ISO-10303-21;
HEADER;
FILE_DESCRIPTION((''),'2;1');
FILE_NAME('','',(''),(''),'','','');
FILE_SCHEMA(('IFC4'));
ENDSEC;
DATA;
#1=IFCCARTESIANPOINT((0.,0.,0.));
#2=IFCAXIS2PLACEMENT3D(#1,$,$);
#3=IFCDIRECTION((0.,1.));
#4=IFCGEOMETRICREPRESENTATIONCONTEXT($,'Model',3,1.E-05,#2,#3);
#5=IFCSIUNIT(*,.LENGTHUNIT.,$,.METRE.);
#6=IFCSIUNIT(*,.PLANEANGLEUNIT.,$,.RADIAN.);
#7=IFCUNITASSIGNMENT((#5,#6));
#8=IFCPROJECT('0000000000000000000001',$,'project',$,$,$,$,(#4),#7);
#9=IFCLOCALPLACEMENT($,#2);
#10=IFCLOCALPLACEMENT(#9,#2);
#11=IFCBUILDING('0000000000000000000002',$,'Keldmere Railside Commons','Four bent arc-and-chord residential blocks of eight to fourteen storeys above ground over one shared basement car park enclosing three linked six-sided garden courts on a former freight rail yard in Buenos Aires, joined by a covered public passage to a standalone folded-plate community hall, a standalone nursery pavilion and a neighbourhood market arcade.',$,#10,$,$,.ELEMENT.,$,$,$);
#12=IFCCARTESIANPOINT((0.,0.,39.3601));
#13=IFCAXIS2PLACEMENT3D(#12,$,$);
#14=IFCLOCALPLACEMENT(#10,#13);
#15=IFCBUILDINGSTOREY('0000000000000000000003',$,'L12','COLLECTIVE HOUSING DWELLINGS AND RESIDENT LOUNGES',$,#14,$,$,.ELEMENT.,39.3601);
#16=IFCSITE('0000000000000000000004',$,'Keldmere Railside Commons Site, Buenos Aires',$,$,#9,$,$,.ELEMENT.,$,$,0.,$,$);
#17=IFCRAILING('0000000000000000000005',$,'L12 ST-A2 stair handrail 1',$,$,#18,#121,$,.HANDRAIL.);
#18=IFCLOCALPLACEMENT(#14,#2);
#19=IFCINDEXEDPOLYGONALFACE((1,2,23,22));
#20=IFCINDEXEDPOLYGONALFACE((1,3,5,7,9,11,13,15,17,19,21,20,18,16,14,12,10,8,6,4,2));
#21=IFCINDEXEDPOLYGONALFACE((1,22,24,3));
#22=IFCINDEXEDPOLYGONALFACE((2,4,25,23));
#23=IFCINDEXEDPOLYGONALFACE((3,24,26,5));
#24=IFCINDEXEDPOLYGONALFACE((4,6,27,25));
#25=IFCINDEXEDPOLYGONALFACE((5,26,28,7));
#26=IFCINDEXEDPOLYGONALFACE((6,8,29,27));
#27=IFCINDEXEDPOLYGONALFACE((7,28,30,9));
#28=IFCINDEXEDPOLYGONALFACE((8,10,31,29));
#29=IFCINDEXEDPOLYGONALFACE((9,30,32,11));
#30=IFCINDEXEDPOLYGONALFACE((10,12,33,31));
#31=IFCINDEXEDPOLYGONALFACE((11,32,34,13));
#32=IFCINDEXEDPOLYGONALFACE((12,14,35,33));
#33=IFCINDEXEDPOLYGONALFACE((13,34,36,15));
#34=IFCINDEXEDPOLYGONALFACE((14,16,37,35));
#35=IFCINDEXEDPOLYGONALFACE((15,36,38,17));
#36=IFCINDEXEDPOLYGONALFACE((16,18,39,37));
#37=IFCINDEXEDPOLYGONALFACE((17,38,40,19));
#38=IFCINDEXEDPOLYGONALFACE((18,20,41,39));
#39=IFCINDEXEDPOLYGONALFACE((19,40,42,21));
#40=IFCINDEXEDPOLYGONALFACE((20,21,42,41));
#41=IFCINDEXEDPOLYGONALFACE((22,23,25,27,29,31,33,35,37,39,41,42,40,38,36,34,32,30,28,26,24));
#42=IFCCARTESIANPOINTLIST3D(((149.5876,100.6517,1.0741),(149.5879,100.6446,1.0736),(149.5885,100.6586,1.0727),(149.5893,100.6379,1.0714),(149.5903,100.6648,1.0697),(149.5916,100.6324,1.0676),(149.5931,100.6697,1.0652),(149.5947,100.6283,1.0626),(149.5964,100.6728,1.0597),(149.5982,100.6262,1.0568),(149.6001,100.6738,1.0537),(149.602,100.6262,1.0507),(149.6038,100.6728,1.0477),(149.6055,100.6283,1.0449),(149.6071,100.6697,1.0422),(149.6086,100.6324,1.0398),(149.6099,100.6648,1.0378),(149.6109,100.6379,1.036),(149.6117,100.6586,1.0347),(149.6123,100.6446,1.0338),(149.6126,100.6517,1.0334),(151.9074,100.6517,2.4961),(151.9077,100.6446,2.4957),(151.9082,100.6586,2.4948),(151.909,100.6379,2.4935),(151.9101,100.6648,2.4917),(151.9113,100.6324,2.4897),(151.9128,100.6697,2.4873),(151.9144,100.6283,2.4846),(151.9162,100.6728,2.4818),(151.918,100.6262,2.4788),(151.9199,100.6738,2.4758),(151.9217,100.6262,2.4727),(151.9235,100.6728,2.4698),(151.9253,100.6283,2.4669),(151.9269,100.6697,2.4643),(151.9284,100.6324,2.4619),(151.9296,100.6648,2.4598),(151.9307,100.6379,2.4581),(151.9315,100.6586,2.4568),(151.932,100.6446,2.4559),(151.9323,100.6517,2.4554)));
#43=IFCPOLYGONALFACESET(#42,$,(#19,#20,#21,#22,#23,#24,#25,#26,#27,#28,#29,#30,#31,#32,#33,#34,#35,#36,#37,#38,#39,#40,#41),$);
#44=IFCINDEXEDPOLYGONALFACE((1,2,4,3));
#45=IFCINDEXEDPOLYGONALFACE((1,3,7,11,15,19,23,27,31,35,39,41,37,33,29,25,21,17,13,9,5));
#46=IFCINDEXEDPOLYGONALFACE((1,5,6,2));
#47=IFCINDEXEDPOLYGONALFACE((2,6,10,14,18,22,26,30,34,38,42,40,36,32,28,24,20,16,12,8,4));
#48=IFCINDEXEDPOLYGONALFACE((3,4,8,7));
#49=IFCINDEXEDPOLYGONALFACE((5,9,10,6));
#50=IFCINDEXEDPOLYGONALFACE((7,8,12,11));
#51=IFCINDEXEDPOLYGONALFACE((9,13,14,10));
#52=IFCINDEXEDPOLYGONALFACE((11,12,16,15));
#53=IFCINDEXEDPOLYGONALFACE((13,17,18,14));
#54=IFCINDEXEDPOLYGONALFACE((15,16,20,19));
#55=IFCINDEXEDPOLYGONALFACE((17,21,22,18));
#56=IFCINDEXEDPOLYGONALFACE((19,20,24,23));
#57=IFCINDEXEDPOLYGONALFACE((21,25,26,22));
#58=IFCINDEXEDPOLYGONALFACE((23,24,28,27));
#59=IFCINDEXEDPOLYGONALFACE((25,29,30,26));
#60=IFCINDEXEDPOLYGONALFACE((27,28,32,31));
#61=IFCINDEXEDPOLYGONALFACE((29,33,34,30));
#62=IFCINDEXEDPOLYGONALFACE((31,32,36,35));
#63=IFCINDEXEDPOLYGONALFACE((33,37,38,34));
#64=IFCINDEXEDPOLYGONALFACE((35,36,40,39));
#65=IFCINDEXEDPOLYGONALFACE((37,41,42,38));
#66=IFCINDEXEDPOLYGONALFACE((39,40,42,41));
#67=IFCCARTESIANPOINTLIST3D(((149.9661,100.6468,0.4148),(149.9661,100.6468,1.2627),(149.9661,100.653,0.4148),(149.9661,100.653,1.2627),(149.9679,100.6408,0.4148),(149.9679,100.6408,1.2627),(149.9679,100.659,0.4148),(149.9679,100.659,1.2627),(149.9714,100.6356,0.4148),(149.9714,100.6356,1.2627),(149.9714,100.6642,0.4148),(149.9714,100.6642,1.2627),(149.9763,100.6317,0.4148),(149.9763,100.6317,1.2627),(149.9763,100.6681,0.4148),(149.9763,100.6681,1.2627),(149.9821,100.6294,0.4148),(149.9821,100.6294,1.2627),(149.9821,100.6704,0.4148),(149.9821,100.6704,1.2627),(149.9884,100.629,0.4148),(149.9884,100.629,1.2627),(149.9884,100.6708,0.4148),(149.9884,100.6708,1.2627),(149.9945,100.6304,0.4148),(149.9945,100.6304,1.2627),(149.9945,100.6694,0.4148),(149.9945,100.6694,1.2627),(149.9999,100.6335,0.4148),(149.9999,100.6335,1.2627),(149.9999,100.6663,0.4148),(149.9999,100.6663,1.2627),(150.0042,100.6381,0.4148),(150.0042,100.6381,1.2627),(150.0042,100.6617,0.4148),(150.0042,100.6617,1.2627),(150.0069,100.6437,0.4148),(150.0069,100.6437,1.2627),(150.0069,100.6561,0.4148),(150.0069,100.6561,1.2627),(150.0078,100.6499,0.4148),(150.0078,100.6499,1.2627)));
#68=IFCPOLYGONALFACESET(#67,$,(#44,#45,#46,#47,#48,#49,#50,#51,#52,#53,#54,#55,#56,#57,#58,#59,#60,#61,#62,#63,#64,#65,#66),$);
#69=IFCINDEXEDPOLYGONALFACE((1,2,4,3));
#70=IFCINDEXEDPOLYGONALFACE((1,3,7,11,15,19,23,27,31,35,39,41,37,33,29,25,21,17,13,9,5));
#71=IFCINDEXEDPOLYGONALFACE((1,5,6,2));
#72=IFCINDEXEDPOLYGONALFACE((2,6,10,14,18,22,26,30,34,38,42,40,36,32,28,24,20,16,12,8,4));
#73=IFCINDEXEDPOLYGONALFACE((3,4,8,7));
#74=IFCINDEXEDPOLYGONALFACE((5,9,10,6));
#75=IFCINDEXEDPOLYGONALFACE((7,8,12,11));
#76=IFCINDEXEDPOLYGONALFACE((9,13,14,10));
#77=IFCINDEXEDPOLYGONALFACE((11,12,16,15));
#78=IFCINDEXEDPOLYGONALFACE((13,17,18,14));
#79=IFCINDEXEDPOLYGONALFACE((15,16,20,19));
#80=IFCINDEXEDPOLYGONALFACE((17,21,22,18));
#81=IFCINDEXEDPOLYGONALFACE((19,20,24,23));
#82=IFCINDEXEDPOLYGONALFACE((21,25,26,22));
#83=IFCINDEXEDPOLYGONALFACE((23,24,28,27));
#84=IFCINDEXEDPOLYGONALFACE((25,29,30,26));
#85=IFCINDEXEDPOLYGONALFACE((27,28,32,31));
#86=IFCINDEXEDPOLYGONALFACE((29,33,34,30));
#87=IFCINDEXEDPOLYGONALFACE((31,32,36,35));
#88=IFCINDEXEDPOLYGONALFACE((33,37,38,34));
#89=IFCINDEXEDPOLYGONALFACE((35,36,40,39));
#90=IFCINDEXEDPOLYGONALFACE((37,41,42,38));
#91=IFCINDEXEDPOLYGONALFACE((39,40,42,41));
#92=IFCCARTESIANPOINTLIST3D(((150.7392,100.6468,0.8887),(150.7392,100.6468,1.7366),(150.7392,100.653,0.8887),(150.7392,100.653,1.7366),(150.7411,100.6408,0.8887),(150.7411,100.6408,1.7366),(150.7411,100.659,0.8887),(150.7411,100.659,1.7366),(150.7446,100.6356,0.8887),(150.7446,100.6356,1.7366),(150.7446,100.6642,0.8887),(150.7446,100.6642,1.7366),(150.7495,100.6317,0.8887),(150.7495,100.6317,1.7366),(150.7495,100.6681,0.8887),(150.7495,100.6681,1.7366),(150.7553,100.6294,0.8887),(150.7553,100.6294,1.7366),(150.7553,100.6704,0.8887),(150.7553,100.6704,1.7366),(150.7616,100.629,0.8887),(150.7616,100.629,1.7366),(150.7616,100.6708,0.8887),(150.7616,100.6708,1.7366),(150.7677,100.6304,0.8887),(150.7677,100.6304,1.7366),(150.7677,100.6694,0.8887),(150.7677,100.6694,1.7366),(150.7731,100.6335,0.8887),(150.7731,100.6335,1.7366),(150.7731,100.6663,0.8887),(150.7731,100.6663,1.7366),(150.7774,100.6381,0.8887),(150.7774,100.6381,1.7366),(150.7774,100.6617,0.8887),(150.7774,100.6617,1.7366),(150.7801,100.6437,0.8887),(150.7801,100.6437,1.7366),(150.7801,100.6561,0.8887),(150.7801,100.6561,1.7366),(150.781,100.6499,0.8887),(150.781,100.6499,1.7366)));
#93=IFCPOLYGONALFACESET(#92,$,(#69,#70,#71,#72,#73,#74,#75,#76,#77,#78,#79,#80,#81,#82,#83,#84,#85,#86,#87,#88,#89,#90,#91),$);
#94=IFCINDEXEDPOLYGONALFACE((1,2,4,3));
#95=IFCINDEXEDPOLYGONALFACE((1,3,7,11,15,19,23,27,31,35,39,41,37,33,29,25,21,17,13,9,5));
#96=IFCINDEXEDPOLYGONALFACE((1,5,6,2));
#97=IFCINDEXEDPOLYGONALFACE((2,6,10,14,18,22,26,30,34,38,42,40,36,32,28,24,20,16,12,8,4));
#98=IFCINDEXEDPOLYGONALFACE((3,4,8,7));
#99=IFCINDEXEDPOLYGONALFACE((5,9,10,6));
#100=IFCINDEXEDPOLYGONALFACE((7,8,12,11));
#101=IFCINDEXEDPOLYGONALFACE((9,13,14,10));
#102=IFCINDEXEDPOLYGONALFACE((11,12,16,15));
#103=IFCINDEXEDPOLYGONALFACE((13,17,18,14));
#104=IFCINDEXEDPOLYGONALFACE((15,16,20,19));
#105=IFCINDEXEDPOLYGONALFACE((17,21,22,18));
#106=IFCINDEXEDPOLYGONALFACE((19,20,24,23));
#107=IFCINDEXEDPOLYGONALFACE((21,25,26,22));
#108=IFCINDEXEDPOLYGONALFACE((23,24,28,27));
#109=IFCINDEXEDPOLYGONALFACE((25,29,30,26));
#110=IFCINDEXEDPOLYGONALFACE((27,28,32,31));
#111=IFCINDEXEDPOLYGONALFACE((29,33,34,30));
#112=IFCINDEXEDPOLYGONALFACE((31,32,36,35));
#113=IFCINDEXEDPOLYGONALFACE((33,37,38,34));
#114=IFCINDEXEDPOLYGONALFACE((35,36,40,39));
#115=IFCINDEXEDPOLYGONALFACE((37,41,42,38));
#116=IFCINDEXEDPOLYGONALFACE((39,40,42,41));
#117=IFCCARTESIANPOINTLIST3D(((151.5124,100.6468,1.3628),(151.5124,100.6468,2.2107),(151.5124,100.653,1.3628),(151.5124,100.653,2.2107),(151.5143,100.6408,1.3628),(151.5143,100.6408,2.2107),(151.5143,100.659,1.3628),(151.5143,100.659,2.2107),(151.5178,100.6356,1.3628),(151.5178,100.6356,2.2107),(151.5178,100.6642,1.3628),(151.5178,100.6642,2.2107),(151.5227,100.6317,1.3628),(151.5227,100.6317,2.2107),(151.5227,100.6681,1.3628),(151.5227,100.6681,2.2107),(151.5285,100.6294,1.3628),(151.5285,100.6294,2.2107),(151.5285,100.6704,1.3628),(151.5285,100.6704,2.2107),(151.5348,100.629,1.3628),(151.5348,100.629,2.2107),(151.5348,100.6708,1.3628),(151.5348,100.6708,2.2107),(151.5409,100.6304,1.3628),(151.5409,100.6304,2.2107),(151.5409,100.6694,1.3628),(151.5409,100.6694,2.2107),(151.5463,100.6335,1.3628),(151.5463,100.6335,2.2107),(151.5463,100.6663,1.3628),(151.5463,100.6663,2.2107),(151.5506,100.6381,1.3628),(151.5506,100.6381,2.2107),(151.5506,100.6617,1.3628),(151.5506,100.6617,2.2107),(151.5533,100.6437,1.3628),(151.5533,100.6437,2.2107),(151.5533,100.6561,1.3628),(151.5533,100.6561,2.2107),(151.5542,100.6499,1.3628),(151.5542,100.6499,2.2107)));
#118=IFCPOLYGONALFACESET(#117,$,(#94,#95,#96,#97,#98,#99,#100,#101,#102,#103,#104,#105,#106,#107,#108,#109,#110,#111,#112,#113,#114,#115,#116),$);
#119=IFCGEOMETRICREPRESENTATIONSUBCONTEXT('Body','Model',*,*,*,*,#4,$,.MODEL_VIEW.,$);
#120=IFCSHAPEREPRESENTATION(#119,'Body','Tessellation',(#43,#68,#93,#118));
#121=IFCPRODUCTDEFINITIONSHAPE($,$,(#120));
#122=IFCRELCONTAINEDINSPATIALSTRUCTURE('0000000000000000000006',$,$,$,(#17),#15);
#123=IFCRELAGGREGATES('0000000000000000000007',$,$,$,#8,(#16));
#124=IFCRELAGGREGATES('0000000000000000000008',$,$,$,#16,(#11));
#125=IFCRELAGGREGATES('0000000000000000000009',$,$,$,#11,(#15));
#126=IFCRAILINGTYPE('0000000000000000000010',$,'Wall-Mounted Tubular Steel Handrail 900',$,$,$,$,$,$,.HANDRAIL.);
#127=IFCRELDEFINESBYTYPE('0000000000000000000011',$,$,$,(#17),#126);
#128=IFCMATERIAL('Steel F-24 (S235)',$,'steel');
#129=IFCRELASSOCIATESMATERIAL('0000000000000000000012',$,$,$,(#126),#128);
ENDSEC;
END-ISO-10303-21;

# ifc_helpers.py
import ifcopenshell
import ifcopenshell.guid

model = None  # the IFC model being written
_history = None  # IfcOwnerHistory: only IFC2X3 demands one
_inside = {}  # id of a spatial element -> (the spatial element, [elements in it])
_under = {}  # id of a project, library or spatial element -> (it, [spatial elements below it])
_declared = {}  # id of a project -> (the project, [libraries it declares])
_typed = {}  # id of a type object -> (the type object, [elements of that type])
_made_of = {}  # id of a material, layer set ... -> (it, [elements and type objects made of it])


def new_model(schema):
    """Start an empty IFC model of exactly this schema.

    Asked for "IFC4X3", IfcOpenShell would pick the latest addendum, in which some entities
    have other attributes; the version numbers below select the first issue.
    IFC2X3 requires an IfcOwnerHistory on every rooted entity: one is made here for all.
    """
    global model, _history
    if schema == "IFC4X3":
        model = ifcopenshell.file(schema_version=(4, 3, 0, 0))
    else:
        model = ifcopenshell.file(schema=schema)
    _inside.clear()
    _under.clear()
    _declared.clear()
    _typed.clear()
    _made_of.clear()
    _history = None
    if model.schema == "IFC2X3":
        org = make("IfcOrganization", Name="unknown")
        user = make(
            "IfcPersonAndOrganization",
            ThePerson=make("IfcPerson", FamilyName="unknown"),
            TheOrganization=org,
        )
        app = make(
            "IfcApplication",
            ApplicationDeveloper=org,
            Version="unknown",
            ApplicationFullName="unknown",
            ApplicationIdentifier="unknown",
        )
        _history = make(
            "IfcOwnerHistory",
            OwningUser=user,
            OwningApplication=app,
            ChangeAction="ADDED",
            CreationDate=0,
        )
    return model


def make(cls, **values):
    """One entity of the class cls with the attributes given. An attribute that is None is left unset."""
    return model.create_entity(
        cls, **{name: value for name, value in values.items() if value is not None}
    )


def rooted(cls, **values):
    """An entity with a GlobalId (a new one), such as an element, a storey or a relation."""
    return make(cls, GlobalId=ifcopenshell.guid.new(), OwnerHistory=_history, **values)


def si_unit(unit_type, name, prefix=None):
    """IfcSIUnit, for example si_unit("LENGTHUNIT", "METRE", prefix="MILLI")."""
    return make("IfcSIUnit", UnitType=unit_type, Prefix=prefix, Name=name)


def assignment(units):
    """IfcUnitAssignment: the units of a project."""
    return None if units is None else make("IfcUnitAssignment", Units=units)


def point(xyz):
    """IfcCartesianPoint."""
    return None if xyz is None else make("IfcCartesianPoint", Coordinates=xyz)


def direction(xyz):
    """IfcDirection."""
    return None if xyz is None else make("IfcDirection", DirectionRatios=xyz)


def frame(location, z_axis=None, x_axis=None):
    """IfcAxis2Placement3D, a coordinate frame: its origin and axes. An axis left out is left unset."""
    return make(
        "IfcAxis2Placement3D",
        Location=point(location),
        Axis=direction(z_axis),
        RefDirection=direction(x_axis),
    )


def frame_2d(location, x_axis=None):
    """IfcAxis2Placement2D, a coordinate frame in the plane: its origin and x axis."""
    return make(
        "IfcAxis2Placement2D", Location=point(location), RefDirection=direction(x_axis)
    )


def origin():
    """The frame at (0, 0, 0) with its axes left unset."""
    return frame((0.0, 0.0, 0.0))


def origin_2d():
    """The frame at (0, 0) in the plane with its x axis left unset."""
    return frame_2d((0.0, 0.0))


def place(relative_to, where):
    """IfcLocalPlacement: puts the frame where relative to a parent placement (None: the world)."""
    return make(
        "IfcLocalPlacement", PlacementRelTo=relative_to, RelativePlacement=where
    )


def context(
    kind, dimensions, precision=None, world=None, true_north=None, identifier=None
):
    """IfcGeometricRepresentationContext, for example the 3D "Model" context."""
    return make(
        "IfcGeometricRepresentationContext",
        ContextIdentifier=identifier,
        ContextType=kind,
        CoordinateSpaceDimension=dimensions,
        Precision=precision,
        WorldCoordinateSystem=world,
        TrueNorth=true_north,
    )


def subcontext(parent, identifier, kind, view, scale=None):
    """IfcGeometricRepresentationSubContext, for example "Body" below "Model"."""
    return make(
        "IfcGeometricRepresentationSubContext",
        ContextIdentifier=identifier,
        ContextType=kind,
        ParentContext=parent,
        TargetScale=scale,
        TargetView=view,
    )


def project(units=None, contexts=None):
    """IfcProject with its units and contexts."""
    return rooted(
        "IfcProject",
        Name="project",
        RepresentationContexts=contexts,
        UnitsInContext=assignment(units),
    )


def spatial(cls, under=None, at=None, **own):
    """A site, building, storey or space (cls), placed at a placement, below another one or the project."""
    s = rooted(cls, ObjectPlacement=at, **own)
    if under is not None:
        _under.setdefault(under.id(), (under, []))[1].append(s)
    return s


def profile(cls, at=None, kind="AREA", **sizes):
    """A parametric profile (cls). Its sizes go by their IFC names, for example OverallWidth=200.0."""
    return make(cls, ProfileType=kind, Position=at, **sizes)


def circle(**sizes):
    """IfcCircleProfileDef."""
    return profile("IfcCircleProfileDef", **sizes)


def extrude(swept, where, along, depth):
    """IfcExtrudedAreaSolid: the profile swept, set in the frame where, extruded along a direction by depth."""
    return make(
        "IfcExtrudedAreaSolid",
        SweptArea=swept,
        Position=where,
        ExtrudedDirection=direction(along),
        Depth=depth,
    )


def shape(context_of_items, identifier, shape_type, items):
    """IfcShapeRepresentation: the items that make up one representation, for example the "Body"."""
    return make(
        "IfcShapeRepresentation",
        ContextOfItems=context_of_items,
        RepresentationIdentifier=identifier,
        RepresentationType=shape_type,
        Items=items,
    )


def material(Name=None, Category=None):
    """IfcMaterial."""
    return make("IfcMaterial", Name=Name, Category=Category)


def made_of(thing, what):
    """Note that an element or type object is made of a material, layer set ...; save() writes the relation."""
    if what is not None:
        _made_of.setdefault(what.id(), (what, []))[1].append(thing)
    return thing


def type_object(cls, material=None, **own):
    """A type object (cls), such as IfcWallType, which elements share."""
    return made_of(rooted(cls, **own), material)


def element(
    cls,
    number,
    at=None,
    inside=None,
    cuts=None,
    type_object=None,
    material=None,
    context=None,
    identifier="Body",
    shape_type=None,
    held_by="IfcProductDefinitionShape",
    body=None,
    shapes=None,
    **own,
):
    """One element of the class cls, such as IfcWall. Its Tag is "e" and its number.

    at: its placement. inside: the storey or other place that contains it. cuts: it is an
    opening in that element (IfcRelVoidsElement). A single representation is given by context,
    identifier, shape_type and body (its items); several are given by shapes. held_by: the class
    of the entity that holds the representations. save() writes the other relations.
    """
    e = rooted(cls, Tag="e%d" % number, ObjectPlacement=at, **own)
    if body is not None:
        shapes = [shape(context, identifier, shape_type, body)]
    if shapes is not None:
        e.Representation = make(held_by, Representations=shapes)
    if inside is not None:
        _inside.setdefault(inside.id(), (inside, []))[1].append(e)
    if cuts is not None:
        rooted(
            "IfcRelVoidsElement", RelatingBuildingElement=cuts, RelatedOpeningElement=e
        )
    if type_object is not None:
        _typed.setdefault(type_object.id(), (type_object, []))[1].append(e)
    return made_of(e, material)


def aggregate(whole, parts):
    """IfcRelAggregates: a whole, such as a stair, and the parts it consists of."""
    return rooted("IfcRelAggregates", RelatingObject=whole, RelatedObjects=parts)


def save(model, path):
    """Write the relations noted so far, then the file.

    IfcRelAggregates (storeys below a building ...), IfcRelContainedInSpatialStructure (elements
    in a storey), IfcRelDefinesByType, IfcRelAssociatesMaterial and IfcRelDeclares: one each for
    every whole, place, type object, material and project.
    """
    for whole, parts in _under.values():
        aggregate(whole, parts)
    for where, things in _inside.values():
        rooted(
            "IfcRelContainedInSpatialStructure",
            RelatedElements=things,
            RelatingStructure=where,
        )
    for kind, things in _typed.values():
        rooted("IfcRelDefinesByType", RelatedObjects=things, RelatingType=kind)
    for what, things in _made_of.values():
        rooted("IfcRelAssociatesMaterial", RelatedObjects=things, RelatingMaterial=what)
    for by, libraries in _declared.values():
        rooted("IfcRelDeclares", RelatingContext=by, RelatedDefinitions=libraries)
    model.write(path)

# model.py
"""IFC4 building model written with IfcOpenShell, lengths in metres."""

from ifc_helpers import new_model, si_unit, direction, frame, origin, origin_2d, place, context, subcontext, project, spatial, circle, extrude, material, type_object, element, save


model = new_model("IFC4")

# Units and contexts
model_context = context("Model", 3, precision=1e-05, world=origin(), true_north=direction((0.0, 1.0)))
body_context = subcontext(model_context, "Body", "Model", "MODEL_VIEW")
ifc_project = project(units=[si_unit("LENGTHUNIT", "METRE"), si_unit("PLANEANGLEUNIT", "RADIAN")], contexts=[model_context])

# Site, building, storey
site_placement = place(None, origin())
site = spatial("IfcSite", under=ifc_project, at=site_placement, Name="Keldmere Railside Commons Site, Buenos Aires", CompositionType="ELEMENT", RefElevation=0.0)
building_placement = place(site_placement, origin())
building = spatial("IfcBuilding", under=site, at=building_placement, Name="Keldmere Railside Commons", Description="Four bent arc-and-chord residential blocks of eight to fourteen storeys above ground over one shared basement car park enclosing three linked six-sided garden courts on a former freight rail yard in Buenos Aires, joined by a covered public passage to a standalone folded-plate community hall, a standalone nursery pavilion and a neighbourhood market arcade.", CompositionType="ELEMENT")
storey_placement = place(building_placement, frame((0.0, 0.0, 39.3601)))
storey = spatial("IfcBuildingStorey", under=building, at=storey_placement, Name="L12", Description="COLLECTIVE HOUSING DWELLINGS AND RESIDENT LOUNGES", CompositionType="ELEMENT", Elevation=39.3601)

# Railing
ifc_material_1 = material(Name="Steel F-24 (S235)", Category="steel")
railing_type_1 = type_object("IfcRailingType", Name="Wall-Mounted Tubular Steel Handrail 900", PredefinedType="HANDRAIL", material=ifc_material_1)
railing_1_placement = place(storey_placement, frame((149.6001, 100.6499, 0.1777)))
element("IfcRailing", 1, at=railing_1_placement, inside=storey, type_object=railing_type_1, Name="L12 ST-A2 stair handrail 1", PredefinedType="HANDRAIL", context=body_context, shape_type="SweptSolid", body=[
    extrude(circle(Radius=0.0239, at=origin_2d()), frame((0.0, 0.0, 0.876), z_axis=(0.852554, 0.0, 0.52264), x_axis=(0.0, 1.0, 0.0)), (0.0, 0.0, 1.0), 2.7209),
    extrude(circle(Radius=0.021, at=origin_2d()), frame((0.3867, 0.0, 0.2371)), (0.0, 0.0, 1.0), 0.8479),
    extrude(circle(Radius=0.021, at=origin_2d()), frame((1.1599, 0.0, 0.7109)), (0.0, 0.0, 1.0), 0.8479),
    extrude(circle(Radius=0.021, at=origin_2d()), frame((1.9331, 0.0, 1.1851)), (0.0, 0.0, 1.0), 0.8479),
])

save(model, "model.ifc")
